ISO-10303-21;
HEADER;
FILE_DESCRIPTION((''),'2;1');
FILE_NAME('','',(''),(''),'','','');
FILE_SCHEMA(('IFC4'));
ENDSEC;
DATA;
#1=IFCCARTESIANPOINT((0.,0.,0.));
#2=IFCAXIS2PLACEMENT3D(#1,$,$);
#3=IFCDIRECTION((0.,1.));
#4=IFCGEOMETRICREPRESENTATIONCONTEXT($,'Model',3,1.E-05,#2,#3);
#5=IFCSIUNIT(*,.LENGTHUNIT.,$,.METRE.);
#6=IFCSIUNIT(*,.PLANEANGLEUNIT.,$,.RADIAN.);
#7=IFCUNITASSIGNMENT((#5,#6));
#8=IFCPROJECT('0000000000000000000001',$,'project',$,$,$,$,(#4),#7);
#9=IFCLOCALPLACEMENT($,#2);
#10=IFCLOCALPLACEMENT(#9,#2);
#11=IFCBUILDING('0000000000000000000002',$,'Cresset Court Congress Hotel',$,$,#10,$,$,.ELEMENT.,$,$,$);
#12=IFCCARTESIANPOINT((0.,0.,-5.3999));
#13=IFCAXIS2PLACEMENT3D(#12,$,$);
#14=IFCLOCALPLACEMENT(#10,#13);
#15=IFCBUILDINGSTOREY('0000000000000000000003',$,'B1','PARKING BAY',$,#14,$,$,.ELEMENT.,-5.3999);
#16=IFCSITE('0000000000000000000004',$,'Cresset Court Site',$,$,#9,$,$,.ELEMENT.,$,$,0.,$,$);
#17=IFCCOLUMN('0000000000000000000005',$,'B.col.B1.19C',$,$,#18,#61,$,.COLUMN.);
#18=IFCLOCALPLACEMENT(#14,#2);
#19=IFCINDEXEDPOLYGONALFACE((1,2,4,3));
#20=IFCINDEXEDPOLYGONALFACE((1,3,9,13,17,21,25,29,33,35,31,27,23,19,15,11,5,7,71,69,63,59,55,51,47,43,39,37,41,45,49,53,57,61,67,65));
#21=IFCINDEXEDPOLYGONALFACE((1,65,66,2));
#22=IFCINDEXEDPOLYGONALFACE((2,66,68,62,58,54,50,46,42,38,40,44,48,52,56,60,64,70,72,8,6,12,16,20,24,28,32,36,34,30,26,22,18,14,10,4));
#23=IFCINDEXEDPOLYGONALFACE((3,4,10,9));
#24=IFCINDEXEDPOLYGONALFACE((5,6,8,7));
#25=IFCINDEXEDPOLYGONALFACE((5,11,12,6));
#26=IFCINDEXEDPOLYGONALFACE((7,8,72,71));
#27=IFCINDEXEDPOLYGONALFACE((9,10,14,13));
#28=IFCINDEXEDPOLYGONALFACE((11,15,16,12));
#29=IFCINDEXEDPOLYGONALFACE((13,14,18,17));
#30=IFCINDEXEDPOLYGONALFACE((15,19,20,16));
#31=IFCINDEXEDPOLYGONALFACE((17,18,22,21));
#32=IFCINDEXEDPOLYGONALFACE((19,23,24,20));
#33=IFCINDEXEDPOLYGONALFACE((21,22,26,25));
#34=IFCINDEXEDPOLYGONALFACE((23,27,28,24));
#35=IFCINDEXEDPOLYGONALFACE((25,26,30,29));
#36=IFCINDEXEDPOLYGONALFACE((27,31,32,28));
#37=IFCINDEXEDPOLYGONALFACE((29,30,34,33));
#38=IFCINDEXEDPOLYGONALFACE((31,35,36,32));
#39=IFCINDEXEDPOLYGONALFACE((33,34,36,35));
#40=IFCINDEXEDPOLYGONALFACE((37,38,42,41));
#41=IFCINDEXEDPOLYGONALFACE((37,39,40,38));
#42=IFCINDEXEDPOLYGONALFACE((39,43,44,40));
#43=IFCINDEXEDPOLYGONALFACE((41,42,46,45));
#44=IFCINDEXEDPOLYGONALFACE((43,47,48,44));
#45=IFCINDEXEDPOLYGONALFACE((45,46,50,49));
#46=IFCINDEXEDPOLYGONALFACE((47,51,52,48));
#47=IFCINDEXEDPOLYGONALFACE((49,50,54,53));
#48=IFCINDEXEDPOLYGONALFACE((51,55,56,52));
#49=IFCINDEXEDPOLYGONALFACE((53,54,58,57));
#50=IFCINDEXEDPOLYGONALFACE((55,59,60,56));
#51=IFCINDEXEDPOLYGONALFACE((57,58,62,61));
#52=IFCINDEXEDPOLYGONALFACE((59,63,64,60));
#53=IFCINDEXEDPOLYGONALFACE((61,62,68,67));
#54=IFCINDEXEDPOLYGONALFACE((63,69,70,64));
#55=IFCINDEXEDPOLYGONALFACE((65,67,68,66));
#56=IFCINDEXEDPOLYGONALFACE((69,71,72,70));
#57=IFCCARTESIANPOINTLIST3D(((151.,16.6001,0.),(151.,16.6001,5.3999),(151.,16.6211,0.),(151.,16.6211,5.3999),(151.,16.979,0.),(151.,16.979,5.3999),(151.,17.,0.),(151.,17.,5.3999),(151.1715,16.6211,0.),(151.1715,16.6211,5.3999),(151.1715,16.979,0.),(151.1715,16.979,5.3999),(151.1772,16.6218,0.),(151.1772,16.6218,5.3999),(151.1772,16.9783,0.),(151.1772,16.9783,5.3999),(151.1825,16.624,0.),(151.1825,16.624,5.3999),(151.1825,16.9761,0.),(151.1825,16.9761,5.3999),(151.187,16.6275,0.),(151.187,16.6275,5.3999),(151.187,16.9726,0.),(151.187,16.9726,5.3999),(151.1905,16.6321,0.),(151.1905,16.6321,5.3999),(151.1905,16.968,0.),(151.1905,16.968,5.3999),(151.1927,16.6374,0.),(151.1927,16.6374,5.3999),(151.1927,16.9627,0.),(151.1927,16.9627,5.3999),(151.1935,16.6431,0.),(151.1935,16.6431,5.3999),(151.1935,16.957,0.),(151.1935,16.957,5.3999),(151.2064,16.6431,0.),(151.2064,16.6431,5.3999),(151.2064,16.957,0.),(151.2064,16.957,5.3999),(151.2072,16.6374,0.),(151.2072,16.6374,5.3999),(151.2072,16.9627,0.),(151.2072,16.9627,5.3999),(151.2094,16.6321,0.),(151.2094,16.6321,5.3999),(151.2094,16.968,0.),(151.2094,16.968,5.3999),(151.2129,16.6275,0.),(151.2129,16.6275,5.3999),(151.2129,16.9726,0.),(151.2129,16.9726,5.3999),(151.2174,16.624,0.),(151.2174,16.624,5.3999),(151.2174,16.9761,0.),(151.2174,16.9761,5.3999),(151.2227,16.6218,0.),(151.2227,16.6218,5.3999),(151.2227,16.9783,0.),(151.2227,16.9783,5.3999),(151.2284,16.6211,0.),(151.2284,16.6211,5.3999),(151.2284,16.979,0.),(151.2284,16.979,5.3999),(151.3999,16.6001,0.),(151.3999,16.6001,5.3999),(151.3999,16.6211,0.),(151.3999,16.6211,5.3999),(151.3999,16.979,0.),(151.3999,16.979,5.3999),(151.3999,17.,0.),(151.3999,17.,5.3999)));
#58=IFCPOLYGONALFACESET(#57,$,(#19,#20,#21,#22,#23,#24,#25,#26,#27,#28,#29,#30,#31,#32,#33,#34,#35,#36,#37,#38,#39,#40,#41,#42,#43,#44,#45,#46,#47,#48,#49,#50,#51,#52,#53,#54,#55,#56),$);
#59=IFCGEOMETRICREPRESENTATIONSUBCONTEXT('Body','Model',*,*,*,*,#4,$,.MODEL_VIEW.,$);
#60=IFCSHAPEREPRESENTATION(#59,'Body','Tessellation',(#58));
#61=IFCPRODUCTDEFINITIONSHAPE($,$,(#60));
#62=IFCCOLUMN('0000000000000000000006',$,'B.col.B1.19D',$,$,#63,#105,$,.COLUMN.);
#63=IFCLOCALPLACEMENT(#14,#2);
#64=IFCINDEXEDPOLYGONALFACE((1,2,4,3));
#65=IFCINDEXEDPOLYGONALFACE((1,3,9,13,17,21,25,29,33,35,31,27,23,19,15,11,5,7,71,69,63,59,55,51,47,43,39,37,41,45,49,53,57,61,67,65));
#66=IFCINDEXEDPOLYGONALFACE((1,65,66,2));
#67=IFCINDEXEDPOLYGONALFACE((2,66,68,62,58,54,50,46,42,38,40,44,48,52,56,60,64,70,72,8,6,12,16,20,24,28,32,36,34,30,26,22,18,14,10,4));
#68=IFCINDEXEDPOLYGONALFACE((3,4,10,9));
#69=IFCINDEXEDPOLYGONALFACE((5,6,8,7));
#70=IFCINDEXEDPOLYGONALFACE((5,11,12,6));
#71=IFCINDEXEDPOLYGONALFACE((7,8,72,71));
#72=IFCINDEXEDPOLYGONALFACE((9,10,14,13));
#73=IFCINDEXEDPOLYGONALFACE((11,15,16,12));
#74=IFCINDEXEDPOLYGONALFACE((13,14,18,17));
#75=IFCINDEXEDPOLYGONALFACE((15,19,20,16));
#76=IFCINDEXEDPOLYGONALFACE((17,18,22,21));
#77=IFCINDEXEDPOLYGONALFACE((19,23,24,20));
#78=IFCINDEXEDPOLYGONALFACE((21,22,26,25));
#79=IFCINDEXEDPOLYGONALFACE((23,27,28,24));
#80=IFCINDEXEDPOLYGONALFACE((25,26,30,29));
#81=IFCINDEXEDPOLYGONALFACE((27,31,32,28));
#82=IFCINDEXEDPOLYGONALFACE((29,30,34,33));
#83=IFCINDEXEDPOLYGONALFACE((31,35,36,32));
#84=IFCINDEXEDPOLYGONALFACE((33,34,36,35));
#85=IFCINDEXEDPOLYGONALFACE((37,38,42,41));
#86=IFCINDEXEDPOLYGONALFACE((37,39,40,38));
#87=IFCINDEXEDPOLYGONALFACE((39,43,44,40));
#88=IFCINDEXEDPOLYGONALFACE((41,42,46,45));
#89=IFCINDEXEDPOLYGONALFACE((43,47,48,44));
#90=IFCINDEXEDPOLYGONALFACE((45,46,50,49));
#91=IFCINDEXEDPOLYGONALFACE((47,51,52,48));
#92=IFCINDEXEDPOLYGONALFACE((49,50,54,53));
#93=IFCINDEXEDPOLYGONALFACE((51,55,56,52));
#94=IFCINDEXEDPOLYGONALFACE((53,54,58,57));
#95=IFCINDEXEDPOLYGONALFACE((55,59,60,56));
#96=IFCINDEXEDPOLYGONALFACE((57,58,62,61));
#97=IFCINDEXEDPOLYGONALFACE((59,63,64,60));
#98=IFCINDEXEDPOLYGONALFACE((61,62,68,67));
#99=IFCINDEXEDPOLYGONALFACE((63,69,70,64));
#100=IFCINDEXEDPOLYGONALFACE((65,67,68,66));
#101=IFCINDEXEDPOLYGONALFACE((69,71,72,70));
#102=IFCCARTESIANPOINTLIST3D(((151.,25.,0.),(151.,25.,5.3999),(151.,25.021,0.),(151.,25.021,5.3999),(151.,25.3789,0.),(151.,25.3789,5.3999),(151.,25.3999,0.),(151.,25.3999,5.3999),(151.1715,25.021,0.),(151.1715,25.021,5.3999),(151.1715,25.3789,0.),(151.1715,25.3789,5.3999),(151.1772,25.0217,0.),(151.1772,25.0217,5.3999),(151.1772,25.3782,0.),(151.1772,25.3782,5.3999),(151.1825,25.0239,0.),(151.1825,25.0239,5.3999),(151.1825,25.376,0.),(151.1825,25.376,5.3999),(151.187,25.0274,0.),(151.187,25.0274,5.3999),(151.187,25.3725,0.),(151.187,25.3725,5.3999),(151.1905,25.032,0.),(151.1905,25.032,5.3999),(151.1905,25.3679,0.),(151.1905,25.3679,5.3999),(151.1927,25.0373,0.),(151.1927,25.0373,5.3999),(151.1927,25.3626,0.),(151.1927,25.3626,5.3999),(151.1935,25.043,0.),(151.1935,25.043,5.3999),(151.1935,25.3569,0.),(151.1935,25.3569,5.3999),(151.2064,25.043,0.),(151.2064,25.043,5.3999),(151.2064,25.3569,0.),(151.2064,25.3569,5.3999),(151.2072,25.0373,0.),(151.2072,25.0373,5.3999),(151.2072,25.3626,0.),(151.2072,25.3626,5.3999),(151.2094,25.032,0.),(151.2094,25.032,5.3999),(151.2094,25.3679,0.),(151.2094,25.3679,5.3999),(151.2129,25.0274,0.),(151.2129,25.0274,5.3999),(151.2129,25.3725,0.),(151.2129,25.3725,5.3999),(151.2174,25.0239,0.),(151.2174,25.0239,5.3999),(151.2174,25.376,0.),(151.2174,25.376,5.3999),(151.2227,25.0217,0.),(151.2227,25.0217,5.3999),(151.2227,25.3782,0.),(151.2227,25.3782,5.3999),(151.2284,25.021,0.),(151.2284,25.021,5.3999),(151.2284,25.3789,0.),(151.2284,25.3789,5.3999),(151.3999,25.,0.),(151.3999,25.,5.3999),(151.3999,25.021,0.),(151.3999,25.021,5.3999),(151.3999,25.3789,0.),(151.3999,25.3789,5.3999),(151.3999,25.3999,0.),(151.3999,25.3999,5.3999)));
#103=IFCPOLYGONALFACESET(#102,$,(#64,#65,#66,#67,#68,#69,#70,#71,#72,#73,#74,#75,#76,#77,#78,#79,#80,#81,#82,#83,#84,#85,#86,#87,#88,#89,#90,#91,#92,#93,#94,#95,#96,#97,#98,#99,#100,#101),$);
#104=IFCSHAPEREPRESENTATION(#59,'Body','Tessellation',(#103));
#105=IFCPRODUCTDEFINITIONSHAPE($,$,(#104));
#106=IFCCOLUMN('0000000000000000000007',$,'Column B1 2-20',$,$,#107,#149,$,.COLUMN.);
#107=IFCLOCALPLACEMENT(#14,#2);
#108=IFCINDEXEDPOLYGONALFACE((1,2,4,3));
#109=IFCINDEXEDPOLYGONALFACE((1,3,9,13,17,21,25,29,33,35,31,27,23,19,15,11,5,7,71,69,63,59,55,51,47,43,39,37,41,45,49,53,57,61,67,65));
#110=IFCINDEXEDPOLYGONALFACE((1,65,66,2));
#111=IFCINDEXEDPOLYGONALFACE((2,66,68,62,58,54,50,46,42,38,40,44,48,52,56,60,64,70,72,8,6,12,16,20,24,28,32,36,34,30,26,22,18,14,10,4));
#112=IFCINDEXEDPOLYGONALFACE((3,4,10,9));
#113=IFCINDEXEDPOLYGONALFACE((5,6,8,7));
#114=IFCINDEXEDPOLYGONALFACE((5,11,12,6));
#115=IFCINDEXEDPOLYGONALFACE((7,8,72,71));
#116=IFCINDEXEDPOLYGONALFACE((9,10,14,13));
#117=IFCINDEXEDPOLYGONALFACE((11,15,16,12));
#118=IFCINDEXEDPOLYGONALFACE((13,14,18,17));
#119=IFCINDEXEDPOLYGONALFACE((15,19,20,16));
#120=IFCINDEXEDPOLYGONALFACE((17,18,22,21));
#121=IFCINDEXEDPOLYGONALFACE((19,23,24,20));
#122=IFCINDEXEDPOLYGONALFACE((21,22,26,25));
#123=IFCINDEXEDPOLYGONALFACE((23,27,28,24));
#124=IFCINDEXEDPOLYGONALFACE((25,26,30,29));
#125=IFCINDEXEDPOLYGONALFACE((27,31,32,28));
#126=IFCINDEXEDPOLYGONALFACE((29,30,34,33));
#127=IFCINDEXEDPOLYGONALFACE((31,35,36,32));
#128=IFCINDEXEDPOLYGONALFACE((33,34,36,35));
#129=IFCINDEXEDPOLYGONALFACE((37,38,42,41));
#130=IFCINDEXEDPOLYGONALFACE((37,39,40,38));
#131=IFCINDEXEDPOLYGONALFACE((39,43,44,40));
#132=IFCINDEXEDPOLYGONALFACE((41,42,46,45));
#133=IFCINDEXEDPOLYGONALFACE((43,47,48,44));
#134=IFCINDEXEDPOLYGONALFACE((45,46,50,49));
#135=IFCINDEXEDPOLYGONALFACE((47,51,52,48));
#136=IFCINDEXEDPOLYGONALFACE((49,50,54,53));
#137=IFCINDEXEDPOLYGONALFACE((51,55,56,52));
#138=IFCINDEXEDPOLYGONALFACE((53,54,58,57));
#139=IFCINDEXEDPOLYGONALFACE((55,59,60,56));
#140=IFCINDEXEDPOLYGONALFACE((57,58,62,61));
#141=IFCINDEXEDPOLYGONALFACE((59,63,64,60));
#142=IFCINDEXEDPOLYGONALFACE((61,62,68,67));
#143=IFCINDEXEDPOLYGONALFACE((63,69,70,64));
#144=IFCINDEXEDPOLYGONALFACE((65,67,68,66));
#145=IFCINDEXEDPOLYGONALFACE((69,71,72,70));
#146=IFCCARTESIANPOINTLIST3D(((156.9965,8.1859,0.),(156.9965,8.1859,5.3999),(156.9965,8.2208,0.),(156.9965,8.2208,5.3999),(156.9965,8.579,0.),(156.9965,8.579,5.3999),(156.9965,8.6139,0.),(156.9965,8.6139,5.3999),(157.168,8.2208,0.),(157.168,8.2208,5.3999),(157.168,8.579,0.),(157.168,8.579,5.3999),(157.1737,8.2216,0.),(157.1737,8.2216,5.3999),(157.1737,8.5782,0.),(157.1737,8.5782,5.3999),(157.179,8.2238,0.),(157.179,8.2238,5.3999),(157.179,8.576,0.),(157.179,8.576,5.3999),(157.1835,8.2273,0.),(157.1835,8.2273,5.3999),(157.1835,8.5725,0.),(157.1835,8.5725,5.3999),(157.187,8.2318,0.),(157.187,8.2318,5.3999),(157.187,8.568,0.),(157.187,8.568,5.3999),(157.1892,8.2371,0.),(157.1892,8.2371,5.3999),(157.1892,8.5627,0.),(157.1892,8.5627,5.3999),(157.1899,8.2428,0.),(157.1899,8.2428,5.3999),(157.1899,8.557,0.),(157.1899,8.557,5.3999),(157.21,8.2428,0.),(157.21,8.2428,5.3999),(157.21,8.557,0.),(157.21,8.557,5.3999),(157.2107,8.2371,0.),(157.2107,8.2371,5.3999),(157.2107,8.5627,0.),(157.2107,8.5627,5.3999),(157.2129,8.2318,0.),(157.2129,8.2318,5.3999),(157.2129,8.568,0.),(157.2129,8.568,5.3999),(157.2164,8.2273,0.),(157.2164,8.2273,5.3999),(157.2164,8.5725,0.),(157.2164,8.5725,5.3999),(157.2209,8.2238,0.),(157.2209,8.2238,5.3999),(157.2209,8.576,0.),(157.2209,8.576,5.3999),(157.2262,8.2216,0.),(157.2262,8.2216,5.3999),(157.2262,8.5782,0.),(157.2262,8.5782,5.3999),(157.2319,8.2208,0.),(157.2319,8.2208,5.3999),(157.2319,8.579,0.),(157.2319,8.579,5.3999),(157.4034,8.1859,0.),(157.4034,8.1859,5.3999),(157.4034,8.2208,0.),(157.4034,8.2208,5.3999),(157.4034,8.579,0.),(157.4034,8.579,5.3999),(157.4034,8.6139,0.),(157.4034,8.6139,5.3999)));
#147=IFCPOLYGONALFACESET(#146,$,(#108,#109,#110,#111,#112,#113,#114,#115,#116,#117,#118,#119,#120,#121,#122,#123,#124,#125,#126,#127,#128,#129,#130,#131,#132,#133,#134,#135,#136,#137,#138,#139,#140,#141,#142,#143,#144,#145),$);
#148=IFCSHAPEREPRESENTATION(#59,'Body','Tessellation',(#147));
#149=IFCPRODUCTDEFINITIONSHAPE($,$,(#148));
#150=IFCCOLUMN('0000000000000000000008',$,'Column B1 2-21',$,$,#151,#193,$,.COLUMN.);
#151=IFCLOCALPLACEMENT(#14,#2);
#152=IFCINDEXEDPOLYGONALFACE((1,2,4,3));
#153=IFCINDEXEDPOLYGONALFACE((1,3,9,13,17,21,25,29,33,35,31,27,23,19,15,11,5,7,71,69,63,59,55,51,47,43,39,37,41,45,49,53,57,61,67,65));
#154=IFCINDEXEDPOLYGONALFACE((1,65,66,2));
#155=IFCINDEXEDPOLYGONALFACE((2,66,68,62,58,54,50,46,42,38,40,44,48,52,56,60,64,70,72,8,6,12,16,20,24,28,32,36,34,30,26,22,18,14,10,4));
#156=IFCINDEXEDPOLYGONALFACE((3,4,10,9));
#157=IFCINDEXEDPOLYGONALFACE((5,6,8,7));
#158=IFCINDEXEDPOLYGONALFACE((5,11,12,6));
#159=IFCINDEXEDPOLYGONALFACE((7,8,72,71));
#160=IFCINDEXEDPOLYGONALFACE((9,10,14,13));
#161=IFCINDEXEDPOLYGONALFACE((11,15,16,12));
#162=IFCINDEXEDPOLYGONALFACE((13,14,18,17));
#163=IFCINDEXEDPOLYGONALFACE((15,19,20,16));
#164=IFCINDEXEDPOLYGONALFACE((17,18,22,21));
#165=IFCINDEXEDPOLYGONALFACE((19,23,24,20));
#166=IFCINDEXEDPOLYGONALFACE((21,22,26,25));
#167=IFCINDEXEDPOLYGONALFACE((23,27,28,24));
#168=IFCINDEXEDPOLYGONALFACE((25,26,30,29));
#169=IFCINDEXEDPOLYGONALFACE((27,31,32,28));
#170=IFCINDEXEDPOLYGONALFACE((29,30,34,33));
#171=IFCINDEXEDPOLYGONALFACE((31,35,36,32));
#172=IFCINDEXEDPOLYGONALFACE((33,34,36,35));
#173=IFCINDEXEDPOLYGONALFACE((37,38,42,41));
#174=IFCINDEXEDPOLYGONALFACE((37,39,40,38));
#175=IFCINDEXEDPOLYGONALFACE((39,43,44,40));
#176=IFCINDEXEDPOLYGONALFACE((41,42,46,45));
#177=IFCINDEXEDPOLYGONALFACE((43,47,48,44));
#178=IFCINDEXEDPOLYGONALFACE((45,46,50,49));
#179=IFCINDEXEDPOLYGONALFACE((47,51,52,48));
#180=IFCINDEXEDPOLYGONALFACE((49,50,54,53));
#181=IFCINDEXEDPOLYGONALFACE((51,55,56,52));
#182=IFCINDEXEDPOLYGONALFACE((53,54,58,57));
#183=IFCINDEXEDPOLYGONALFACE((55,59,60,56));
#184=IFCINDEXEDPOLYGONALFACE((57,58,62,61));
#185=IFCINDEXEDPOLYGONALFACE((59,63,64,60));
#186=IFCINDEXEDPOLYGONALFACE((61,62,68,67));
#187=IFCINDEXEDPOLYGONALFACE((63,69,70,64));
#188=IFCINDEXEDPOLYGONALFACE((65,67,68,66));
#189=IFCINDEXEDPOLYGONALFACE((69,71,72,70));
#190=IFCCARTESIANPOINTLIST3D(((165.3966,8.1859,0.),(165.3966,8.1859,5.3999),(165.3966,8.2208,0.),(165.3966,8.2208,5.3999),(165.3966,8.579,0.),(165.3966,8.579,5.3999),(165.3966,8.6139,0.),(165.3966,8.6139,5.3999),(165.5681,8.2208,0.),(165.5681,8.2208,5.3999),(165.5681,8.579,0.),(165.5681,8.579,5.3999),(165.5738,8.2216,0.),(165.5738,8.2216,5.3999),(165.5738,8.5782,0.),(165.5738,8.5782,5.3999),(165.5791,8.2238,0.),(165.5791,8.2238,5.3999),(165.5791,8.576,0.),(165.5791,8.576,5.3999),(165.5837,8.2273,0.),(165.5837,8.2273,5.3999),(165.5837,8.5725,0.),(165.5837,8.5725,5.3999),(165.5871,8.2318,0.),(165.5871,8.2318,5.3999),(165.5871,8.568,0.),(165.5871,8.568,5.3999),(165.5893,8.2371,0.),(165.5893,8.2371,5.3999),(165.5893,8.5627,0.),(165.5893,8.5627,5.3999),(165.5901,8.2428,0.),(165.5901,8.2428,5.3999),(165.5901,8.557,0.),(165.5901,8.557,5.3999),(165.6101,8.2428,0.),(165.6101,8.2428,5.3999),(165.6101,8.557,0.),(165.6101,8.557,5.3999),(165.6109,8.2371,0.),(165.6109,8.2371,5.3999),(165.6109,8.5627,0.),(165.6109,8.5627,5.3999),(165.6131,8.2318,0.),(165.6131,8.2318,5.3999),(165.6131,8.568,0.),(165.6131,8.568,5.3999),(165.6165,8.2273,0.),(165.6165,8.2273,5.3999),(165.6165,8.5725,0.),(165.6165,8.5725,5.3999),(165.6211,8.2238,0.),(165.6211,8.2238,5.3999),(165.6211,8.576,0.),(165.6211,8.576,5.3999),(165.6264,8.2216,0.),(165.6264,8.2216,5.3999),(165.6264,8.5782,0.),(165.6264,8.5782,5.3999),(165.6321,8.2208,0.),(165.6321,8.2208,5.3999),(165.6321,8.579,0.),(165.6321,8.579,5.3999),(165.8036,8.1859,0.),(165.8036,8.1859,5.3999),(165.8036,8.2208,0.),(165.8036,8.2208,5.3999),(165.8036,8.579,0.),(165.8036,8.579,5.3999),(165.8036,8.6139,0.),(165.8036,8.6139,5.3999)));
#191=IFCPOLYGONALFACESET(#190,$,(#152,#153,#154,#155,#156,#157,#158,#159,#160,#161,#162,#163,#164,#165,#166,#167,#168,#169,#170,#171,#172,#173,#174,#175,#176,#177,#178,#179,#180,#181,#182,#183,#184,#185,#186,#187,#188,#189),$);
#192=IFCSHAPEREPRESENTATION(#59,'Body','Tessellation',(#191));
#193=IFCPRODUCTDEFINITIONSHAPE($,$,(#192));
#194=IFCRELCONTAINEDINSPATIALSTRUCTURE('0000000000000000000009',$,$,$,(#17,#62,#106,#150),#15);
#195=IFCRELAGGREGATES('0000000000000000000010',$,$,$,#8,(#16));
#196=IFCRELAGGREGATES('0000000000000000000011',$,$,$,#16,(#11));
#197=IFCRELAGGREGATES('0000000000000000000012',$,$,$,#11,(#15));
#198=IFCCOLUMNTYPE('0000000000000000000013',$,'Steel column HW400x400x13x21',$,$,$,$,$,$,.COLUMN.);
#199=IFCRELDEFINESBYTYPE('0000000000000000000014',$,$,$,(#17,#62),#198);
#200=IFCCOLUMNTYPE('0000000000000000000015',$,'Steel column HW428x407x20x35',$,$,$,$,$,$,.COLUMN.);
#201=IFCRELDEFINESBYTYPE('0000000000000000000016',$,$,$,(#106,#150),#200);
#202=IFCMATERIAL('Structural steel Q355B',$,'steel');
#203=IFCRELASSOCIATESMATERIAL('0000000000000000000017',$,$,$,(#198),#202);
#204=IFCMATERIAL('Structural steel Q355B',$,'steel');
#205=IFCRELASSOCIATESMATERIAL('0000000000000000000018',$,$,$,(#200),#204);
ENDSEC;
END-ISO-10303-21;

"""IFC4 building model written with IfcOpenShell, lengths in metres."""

from ifc_helpers import new_model, si_unit, direction, frame, origin, origin_2d, place, context, subcontext, project, spatial, i_section, extrude, material, material_profile, profile_set, type_object, element, save


model = new_model("IFC4")

# Units and contexts
model_context = context("Model", 3, precision=1e-05, world=origin(), true_north=direction((0.0, 1.0)))
body_context = subcontext(model_context, "Body", "Model", "MODEL_VIEW")
ifc_project = project(units=[si_unit("LENGTHUNIT", "METRE"), si_unit("PLANEANGLEUNIT", "RADIAN")], contexts=[model_context])

# Site, building, storey
site_placement = place(None, origin())
site = spatial("IfcSite", under=ifc_project, at=site_placement, Name="Cresset Court Site", CompositionType="ELEMENT", RefElevation=0.0)
building_placement = place(site_placement, origin())
building = spatial("IfcBuilding", under=site, at=building_placement, Name="Cresset Court Congress Hotel", CompositionType="ELEMENT")
storey_placement = place(building_placement, frame((0.0, 0.0, -5.3999)))
storey = spatial("IfcBuildingStorey", under=building, at=storey_placement, Name="B1", Description="PARKING BAY", CompositionType="ELEMENT", Elevation=-5.3999)

# Columns
ifc_material_1 = material(Name="Structural steel Q355B", Category="steel")
ifc_material_profile_1 = material_profile(ifc_material_1, i_section(OverallWidth=0.3999, OverallDepth=0.3999, WebThickness=0.0129, FlangeThickness=0.021, FilletRadius=0.022, at=origin_2d()), Name="HW400x400x13x21")
ifc_profile_set_1 = profile_set([ifc_material_profile_1], Name="Structural steel Q355B")
column_type_1 = type_object("IfcColumnType", Name="Steel column HW400x400x13x21", PredefinedType="COLUMN", material=ifc_profile_set_1)
for number, where, z_axis, x_axis, name in (
    (1, (151.2, 16.8, 0.0), (0.0, 0.0, 1.0), (1.0, 0.0, 0.0), "B.col.B1.19C"),
    (2, (151.2, 25.2, 0.0), (0.0, 0.0, 1.0), (1.0, 0.0, 0.0), "B.col.B1.19D"),
):
    element("IfcColumn", number, at=place(storey_placement, frame(where, z_axis=z_axis, x_axis=x_axis)), inside=storey, type_object=column_type_1, Name=name, PredefinedType="COLUMN", context=body_context, shape_type="SweptSolid", body=[
        extrude(i_section(OverallWidth=0.3999, OverallDepth=0.3999, WebThickness=0.0129, FlangeThickness=0.021, FilletRadius=0.022, at=origin_2d()), origin(), (0.0, 0.0, 1.0), 5.3999),
    ])
ifc_material_2 = material(Name="Structural steel Q355B", Category="steel")
ifc_material_profile_2 = material_profile(ifc_material_2, i_section(OverallWidth=0.407, OverallDepth=0.428, WebThickness=0.02, FlangeThickness=0.0349, FilletRadius=0.022, at=origin_2d()), Name="HW428x407x20x35")
ifc_profile_set_2 = profile_set([ifc_material_profile_2], Name="Structural steel Q355B")
column_type_2 = type_object("IfcColumnType", Name="Steel column HW428x407x20x35", PredefinedType="COLUMN", material=ifc_profile_set_2)
for number, where, z_axis, x_axis, name in (
    (3, (157.2, 8.3999, 0.0), (0.0, 0.0, 1.0), (1.0, 0.0, 0.0), "Column B1 2-20"),
    (4, (165.6001, 8.3999, 0.0), (0.0, 0.0, 1.0), (1.0, 0.0, 0.0), "Column B1 2-21"),
):
    element("IfcColumn", number, at=place(storey_placement, frame(where, z_axis=z_axis, x_axis=x_axis)), inside=storey, type_object=column_type_2, Name=name, PredefinedType="COLUMN", context=body_context, shape_type="SweptSolid", body=[
        extrude(i_section(OverallWidth=0.407, OverallDepth=0.428, WebThickness=0.02, FlangeThickness=0.0349, FilletRadius=0.022, at=origin_2d()), origin(), (0.0, 0.0, 1.0), 5.3999),
    ])

save(model, "model.ifc")
